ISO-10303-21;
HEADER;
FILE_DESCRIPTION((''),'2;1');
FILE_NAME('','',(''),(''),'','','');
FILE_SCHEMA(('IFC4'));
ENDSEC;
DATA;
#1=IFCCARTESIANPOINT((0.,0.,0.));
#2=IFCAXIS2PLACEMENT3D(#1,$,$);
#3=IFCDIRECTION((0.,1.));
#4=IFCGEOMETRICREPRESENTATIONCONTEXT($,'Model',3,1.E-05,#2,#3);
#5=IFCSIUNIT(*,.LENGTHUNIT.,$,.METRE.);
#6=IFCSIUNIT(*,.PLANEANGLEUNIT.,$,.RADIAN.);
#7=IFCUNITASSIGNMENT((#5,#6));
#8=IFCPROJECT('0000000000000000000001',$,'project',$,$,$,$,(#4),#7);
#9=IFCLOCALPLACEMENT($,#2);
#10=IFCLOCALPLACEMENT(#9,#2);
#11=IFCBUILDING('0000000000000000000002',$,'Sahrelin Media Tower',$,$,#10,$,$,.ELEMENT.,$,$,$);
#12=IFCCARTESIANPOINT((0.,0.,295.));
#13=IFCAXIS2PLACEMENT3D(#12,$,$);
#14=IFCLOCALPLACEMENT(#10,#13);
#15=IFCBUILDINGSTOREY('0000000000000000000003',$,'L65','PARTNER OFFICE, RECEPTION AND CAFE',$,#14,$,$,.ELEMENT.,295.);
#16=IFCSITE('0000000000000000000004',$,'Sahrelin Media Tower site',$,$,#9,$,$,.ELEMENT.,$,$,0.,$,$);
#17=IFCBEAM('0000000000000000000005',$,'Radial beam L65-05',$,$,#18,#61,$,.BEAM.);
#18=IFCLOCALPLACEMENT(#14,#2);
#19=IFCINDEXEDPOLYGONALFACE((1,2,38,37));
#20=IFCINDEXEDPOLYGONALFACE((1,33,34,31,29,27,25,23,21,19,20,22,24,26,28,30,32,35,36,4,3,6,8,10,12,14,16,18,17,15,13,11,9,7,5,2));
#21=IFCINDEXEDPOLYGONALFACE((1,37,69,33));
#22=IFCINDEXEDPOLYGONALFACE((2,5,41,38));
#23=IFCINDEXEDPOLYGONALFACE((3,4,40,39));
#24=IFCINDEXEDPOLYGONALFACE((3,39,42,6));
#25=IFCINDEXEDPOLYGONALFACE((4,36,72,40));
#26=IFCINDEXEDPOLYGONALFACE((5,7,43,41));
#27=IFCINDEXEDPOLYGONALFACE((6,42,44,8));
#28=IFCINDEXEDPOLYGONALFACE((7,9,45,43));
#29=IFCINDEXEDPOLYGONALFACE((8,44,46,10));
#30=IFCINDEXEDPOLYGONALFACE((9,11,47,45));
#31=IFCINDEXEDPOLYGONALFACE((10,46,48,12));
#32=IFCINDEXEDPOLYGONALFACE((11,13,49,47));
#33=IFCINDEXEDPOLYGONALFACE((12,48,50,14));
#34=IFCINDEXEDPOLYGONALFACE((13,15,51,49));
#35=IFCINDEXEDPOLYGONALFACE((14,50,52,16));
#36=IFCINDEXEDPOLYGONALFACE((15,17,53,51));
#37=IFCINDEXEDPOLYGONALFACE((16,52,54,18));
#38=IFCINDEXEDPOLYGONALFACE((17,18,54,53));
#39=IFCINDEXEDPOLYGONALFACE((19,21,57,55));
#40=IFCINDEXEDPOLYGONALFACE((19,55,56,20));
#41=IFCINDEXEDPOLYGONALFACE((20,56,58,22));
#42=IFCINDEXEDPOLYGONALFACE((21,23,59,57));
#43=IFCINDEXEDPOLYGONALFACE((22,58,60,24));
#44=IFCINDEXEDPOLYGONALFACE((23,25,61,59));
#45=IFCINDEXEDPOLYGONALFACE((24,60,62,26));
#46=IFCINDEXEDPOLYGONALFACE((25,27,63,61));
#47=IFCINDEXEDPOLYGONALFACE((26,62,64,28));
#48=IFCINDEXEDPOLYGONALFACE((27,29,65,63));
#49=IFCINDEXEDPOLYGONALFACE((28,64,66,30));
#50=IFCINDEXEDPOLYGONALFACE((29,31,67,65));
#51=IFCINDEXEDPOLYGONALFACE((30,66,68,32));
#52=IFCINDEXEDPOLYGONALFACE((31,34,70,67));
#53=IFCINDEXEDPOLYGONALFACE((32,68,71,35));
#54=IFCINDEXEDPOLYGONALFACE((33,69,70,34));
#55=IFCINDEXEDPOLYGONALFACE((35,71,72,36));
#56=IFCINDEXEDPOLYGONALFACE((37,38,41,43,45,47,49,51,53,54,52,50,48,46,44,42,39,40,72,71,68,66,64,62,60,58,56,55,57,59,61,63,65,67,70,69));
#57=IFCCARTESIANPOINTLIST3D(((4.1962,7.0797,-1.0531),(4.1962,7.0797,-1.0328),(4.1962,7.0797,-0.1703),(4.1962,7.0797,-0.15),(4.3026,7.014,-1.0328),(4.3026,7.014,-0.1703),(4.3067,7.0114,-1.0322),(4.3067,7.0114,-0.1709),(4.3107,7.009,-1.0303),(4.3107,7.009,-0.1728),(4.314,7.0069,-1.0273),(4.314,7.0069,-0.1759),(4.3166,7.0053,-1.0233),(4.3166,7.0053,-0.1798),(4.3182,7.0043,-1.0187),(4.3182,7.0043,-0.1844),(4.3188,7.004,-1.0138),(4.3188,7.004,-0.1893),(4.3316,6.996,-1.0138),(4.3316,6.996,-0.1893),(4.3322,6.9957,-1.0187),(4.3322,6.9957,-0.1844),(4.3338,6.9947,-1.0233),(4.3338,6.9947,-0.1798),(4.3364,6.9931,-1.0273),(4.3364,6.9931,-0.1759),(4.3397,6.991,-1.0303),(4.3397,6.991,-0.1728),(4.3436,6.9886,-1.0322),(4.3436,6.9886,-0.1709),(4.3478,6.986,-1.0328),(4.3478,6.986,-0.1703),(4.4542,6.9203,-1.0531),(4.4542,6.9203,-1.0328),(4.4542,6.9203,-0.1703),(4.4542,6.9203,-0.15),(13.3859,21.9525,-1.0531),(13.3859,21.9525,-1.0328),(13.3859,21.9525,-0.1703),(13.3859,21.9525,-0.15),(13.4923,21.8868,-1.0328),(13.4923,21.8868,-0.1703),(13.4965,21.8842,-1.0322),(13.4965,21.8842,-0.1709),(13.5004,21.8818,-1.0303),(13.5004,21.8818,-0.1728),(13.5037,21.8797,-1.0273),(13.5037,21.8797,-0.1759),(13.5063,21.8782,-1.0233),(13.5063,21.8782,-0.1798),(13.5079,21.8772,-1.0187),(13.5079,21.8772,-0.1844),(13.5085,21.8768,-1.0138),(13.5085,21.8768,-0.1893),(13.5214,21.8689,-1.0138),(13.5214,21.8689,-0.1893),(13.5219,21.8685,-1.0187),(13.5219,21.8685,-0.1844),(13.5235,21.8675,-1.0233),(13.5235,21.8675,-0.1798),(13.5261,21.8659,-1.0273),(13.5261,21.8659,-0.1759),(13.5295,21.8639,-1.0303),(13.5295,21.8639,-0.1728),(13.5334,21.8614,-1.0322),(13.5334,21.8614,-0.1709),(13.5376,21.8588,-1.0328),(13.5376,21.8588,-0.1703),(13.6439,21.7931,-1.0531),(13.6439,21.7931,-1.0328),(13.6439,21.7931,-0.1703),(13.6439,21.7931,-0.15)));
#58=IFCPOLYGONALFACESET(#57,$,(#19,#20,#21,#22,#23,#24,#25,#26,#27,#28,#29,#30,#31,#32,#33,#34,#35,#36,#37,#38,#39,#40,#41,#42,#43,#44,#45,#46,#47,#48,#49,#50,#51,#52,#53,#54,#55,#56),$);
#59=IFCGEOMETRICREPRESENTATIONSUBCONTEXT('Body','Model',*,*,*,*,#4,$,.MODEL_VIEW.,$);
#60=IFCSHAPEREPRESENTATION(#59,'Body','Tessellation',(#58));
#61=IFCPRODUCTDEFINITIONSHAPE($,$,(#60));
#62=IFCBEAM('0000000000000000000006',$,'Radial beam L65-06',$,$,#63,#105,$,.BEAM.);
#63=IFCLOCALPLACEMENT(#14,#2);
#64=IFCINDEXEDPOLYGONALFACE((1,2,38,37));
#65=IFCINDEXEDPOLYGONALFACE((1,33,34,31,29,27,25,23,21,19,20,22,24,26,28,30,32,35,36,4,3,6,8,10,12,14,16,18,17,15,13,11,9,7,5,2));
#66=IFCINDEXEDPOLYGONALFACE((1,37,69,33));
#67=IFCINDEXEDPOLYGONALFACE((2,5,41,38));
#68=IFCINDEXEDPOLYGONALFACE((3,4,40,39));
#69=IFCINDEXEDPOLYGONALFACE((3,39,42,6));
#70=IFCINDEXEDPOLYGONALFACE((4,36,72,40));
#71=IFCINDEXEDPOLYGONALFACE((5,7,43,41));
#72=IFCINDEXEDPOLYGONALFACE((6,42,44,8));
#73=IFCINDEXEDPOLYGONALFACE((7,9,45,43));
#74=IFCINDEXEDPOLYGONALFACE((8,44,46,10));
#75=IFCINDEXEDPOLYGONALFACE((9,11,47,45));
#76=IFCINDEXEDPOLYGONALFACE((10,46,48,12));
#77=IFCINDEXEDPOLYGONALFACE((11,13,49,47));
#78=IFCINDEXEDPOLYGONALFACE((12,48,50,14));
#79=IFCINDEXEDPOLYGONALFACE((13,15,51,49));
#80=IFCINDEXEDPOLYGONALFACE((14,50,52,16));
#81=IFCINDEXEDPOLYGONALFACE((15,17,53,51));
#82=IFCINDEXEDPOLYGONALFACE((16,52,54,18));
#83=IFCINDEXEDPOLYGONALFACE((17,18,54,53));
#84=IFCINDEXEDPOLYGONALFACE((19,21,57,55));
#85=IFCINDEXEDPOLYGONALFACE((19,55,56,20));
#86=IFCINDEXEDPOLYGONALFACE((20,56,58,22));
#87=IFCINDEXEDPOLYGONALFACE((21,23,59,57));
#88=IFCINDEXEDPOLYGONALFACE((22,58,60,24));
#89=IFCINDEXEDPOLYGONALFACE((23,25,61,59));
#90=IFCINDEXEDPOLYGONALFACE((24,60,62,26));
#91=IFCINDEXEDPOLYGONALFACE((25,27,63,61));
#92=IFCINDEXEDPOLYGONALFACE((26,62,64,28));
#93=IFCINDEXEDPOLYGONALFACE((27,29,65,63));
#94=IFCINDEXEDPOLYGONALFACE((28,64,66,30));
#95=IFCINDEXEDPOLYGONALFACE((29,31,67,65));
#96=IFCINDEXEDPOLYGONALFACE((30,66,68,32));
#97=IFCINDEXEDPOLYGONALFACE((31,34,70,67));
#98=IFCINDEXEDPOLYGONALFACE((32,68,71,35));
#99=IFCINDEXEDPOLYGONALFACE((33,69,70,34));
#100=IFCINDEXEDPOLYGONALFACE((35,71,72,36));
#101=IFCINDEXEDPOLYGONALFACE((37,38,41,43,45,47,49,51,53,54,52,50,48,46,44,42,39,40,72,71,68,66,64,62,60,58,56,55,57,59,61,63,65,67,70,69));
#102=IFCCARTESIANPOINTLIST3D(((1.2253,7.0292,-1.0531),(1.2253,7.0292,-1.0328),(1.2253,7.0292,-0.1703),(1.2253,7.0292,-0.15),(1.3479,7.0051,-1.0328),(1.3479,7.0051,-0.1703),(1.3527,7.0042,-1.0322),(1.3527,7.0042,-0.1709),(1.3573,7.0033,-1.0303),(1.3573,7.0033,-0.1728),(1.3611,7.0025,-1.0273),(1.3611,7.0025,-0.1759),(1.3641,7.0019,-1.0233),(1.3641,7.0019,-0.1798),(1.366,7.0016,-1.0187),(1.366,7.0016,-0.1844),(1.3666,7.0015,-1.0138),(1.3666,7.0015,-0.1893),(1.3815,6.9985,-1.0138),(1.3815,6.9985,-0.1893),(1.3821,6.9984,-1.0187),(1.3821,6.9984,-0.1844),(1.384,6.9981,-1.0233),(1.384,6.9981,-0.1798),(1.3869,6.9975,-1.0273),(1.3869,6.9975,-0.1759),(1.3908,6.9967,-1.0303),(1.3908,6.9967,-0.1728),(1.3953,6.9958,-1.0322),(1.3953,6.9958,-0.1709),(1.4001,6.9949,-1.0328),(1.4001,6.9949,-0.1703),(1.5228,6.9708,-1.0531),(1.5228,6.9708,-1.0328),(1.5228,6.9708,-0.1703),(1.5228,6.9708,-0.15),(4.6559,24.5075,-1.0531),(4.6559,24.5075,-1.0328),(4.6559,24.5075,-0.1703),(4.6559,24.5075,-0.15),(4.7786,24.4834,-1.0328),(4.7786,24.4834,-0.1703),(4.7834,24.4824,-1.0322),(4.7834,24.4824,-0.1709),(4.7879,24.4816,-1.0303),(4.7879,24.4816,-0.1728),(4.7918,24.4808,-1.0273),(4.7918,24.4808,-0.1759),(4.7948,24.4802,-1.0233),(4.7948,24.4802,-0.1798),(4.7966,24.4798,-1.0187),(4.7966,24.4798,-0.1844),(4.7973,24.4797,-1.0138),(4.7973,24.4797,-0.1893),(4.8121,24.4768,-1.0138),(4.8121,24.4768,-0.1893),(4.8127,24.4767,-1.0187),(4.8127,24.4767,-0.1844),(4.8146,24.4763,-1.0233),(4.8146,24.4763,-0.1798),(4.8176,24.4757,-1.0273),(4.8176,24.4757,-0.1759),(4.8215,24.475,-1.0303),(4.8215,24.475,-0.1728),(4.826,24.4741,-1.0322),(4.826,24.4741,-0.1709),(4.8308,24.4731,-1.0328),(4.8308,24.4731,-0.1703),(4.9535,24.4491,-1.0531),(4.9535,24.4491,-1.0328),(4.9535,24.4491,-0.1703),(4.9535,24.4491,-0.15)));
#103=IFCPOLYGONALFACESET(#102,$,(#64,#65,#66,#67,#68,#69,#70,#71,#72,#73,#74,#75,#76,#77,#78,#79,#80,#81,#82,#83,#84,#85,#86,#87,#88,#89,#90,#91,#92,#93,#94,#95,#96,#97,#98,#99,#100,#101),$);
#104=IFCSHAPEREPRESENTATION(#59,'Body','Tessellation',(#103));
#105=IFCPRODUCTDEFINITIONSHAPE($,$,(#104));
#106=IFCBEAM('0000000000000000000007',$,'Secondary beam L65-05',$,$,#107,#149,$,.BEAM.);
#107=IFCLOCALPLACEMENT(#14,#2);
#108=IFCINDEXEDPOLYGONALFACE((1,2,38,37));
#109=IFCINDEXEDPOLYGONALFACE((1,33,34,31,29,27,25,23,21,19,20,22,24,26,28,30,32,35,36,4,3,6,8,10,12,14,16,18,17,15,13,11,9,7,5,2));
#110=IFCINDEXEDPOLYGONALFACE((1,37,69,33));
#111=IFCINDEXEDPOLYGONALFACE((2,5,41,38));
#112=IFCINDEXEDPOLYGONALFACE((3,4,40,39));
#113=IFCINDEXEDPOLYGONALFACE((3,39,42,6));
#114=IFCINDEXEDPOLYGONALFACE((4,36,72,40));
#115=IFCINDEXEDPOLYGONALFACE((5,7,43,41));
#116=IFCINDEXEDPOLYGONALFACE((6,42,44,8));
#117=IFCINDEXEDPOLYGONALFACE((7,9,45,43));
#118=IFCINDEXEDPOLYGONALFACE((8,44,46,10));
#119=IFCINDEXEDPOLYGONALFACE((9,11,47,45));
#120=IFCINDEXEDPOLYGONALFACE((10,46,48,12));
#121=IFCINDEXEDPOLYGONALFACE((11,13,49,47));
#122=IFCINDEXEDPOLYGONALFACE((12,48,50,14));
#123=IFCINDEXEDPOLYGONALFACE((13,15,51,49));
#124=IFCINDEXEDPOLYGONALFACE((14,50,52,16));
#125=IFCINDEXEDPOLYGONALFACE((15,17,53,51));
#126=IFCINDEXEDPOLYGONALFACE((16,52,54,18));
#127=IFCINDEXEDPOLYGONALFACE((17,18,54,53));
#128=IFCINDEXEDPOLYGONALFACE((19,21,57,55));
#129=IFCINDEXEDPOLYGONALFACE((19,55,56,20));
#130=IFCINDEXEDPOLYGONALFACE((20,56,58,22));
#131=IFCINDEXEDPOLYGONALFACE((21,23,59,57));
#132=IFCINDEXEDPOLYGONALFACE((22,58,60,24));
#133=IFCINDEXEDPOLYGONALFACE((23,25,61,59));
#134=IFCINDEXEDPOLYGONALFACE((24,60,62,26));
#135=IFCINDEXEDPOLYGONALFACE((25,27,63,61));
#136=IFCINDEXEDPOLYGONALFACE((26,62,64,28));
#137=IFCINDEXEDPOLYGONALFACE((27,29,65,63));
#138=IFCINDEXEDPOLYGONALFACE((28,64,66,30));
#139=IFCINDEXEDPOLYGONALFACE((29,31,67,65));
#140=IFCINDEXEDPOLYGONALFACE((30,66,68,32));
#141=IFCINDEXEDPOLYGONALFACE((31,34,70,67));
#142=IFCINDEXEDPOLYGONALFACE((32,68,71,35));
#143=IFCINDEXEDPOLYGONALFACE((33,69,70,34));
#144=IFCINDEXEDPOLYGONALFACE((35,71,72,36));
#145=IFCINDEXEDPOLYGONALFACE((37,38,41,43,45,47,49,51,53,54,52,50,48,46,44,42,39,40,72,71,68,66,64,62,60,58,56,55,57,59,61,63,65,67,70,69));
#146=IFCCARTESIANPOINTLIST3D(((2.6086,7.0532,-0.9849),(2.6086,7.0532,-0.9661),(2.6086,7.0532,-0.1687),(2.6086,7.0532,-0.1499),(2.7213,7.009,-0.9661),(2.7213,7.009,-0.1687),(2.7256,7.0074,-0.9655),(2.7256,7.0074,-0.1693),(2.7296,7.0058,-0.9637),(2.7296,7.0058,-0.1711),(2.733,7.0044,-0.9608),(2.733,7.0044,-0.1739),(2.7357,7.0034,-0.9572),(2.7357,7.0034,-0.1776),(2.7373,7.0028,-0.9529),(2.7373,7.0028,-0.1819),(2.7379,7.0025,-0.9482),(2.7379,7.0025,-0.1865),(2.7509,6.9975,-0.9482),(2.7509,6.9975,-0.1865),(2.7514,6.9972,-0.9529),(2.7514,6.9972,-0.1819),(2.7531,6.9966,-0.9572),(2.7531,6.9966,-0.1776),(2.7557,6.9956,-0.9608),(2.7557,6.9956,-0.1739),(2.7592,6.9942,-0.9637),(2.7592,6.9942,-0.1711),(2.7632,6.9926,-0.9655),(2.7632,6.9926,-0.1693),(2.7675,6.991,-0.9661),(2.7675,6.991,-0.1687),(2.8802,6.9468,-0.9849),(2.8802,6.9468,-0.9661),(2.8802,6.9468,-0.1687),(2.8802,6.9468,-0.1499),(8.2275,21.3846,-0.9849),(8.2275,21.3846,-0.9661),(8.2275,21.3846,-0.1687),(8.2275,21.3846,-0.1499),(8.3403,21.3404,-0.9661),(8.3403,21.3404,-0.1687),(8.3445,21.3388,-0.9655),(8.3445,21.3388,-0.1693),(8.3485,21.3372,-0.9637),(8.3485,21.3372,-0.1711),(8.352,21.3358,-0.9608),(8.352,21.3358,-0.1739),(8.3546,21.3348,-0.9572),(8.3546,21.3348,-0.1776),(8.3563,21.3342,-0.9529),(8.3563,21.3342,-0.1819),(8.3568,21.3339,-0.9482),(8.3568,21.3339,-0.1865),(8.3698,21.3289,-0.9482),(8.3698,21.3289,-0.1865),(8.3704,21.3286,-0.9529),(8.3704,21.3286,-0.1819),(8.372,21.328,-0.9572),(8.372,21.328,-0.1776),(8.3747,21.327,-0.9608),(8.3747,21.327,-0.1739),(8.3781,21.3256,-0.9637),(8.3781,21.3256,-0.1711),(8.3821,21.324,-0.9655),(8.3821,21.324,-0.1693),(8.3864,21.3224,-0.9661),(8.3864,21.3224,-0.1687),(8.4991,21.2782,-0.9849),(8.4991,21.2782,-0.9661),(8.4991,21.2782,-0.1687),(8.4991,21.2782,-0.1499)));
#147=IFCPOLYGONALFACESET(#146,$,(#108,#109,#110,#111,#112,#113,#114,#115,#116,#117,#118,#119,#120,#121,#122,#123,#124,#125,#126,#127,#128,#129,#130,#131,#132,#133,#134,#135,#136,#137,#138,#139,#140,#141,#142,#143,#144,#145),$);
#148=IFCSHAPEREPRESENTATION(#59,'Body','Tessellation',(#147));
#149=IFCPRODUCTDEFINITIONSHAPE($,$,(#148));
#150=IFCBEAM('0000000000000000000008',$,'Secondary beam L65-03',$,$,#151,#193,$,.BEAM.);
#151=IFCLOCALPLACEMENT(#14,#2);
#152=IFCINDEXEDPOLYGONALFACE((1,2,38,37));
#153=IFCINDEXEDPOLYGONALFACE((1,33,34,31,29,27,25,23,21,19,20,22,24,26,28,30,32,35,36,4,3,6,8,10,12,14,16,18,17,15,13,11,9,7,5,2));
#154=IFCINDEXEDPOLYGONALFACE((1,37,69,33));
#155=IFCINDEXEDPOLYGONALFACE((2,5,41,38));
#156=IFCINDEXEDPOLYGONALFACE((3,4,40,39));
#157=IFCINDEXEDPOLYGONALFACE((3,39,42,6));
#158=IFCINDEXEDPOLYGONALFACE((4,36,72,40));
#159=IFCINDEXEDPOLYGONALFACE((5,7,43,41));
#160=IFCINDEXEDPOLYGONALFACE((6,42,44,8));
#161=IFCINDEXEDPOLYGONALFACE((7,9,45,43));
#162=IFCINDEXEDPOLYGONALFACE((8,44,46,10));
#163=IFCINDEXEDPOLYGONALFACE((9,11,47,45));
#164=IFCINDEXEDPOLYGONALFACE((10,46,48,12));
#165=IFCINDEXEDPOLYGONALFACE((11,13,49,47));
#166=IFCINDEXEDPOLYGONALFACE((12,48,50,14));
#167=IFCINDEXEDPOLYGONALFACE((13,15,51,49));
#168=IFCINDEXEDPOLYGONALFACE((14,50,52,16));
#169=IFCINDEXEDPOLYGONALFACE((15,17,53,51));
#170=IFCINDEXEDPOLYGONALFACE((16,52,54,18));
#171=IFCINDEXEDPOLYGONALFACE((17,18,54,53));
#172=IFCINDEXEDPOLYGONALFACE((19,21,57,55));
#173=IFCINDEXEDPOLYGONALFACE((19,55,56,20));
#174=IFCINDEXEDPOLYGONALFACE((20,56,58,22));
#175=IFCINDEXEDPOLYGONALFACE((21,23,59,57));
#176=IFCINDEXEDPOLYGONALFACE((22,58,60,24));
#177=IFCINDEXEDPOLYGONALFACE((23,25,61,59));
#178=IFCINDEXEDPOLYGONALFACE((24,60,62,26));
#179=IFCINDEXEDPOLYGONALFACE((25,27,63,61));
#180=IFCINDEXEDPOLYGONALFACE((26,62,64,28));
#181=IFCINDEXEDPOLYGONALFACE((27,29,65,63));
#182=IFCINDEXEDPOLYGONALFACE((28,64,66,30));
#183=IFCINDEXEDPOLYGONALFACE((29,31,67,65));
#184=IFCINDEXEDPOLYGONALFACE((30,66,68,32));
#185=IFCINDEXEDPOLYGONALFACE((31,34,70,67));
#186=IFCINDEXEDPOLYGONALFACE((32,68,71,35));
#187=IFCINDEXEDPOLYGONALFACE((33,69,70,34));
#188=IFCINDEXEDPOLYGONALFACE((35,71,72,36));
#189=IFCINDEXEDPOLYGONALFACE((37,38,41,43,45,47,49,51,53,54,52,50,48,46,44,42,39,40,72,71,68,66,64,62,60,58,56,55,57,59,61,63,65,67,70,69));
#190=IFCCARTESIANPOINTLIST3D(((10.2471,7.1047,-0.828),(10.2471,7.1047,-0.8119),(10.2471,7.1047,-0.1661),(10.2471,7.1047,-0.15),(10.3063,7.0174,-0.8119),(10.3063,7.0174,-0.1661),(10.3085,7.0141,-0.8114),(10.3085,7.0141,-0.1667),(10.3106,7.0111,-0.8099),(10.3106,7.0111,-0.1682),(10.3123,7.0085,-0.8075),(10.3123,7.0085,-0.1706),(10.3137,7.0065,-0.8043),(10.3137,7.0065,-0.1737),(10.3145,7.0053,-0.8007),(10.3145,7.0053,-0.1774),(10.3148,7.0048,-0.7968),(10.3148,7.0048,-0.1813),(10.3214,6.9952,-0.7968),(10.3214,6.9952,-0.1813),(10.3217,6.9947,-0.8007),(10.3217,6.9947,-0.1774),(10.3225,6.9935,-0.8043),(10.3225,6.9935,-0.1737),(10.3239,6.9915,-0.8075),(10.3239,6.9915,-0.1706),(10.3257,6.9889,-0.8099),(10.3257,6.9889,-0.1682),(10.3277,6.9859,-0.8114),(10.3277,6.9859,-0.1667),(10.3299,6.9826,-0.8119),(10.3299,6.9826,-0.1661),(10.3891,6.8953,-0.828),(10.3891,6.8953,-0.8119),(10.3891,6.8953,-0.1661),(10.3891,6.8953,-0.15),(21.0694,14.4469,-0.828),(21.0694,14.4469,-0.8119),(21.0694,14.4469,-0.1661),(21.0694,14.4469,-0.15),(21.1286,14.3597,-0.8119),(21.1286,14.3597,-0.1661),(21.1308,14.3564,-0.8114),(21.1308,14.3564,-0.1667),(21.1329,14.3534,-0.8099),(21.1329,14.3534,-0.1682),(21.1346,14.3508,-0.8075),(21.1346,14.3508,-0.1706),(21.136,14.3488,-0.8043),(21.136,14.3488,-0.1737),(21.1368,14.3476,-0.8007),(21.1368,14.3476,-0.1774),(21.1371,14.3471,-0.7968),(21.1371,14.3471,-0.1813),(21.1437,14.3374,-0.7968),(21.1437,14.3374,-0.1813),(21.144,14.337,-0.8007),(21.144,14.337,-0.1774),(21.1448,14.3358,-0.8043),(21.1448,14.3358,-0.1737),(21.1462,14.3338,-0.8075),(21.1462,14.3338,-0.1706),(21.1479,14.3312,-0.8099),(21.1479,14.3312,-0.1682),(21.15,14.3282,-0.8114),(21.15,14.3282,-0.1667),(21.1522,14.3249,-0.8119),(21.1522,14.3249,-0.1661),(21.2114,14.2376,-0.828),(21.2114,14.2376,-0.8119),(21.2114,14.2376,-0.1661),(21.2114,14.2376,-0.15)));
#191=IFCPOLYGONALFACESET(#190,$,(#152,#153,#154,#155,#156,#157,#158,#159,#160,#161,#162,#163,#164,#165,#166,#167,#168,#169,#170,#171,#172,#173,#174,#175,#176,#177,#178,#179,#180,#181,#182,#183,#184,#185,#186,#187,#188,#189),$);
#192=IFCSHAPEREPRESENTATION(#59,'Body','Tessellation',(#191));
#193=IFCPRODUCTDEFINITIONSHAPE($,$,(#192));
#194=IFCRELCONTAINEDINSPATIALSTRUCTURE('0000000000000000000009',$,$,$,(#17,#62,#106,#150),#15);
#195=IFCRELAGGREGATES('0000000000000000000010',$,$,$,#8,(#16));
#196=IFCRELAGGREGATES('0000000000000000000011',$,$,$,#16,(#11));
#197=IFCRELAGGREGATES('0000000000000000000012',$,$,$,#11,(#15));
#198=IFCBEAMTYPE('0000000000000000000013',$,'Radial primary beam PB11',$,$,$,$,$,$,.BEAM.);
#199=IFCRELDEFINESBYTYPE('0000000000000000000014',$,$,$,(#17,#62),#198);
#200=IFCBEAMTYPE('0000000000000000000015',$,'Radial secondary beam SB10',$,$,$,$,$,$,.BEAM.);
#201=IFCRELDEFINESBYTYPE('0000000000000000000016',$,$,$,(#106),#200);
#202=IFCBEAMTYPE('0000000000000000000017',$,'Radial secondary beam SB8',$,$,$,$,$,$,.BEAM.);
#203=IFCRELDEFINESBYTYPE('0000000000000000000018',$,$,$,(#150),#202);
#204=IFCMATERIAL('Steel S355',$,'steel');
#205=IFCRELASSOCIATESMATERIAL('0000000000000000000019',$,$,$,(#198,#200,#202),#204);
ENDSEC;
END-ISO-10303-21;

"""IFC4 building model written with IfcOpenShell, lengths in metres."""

from ifc_helpers import new_model, si_unit, direction, frame, origin, origin_2d, place, context, subcontext, project, spatial, i_section, extrude, material, material_profile, profile_set, type_object, element, save


model = new_model("IFC4")

# Units and contexts
model_context = context("Model", 3, precision=1e-05, world=origin(), true_north=direction((0.0, 1.0)))
body_context = subcontext(model_context, "Body", "Model", "MODEL_VIEW")
ifc_project = project(units=[si_unit("LENGTHUNIT", "METRE"), si_unit("PLANEANGLEUNIT", "RADIAN")], contexts=[model_context])

# Site, building, storey
site_placement = place(None, origin())
site = spatial("IfcSite", under=ifc_project, at=site_placement, Name="Sahrelin Media Tower site", CompositionType="ELEMENT", RefElevation=0.0)
building_placement = place(site_placement, origin())
building = spatial("IfcBuilding", under=site, at=building_placement, Name="Sahrelin Media Tower", CompositionType="ELEMENT")
storey_placement = place(building_placement, frame((0.0, 0.0, 295.0)))
storey = spatial("IfcBuildingStorey", under=building, at=storey_placement, Name="L65", Description="PARTNER OFFICE, RECEPTION AND CAFE", CompositionType="ELEMENT", Elevation=295.0)

# Shared definitions
ifc_material_1 = material(Name="Steel S355", Category="steel")

# Beams
ifc_material_profile_1 = material_profile(ifc_material_1, i_section(OverallWidth=0.3032, OverallDepth=0.9031, WebThickness=0.0151, FlangeThickness=0.0203, FilletRadius=0.019, at=origin_2d()), Name="UB 914x305x201")
ifc_profile_set_1 = profile_set([ifc_material_profile_1], Name="Steel S355")
beam_type_1 = type_object("IfcBeamType", Name="Radial primary beam PB11", PredefinedType="BEAM", material=ifc_profile_set_1)
beam_1_placement = place(storey_placement, frame((4.3252, 7.0, -0.6016), z_axis=(0.52564, 0.850707, 0.0), x_axis=(-0.850707, 0.52564, 0.0)))
element("IfcBeam", 1, at=beam_1_placement, inside=storey, type_object=beam_type_1, Name="Radial beam L65-05", PredefinedType="BEAM", context=body_context, shape_type="SweptSolid", body=[
    extrude(i_section(OverallWidth=0.3032, OverallDepth=0.9031, WebThickness=0.0151, FlangeThickness=0.0203, FilletRadius=0.019, at=origin_2d()), origin(), (0.0, 0.0, 1.0), 17.4829),
])
beam_2_placement = place(storey_placement, frame((1.374, 7.0, -0.6016), z_axis=(0.192606, 0.981276, 0.0), x_axis=(-0.981276, 0.192606, 0.0)))
element("IfcBeam", 2, at=beam_2_placement, inside=storey, type_object=beam_type_1, Name="Radial beam L65-06", PredefinedType="BEAM", context=body_context, shape_type="SweptSolid", body=[
    extrude(i_section(OverallWidth=0.3032, OverallDepth=0.9031, WebThickness=0.0151, FlangeThickness=0.0203, FilletRadius=0.019, at=origin_2d()), origin(), (0.0, 0.0, 1.0), 17.8118),
])
ifc_material_profile_2 = material_profile(ifc_material_1, i_section(OverallWidth=0.2917, OverallDepth=0.835, WebThickness=0.0139, FlangeThickness=0.0188, FilletRadius=0.0178, at=origin_2d()), Name="UB 838x292x176")
ifc_profile_set_2 = profile_set([ifc_material_profile_2], Name="Steel S355")
beam_type_2 = type_object("IfcBeamType", Name="Radial secondary beam SB10", PredefinedType="BEAM", material=ifc_profile_set_2)
beam_3_placement = place(storey_placement, frame((2.7444, 7.0, -0.5674), z_axis=(0.365019, 0.931, 0.0), x_axis=(-0.931, 0.365019, 0.0)))
element("IfcBeam", 3, at=beam_3_placement, inside=storey, type_object=beam_type_2, Name="Secondary beam L65-05", PredefinedType="BEAM", context=body_context, shape_type="SweptSolid", body=[
    extrude(i_section(OverallWidth=0.2917, OverallDepth=0.835, WebThickness=0.0139, FlangeThickness=0.0188, FilletRadius=0.0178, at=origin_2d()), origin(), (0.0, 0.0, 1.0), 15.3936),
])
ifc_material_profile_3 = material_profile(ifc_material_1, i_section(OverallWidth=0.2529, OverallDepth=0.678, WebThickness=0.0117, FlangeThickness=0.0161, FilletRadius=0.0151, at=origin_2d()), Name="UB 686x254x125")
ifc_profile_set_3 = profile_set([ifc_material_profile_3], Name="Steel S355")
beam_type_3 = type_object("IfcBeamType", Name="Radial secondary beam SB8", PredefinedType="BEAM", material=ifc_profile_set_3)
beam_4_placement = place(storey_placement, frame((10.3181, 7.0, -0.489), z_axis=(0.827525, 0.561428, 0.0), x_axis=(-0.561428, 0.827525, 0.0)))
element("IfcBeam", 4, at=beam_4_placement, inside=storey, type_object=beam_type_3, Name="Secondary beam L65-03", PredefinedType="BEAM", context=body_context, shape_type="SweptSolid", body=[
    extrude(i_section(OverallWidth=0.2529, OverallDepth=0.678, WebThickness=0.0117, FlangeThickness=0.0161, FilletRadius=0.0151, at=origin_2d()), origin(), (0.0, 0.0, 1.0), 13.0779),
])

save(model, "model.ifc")
